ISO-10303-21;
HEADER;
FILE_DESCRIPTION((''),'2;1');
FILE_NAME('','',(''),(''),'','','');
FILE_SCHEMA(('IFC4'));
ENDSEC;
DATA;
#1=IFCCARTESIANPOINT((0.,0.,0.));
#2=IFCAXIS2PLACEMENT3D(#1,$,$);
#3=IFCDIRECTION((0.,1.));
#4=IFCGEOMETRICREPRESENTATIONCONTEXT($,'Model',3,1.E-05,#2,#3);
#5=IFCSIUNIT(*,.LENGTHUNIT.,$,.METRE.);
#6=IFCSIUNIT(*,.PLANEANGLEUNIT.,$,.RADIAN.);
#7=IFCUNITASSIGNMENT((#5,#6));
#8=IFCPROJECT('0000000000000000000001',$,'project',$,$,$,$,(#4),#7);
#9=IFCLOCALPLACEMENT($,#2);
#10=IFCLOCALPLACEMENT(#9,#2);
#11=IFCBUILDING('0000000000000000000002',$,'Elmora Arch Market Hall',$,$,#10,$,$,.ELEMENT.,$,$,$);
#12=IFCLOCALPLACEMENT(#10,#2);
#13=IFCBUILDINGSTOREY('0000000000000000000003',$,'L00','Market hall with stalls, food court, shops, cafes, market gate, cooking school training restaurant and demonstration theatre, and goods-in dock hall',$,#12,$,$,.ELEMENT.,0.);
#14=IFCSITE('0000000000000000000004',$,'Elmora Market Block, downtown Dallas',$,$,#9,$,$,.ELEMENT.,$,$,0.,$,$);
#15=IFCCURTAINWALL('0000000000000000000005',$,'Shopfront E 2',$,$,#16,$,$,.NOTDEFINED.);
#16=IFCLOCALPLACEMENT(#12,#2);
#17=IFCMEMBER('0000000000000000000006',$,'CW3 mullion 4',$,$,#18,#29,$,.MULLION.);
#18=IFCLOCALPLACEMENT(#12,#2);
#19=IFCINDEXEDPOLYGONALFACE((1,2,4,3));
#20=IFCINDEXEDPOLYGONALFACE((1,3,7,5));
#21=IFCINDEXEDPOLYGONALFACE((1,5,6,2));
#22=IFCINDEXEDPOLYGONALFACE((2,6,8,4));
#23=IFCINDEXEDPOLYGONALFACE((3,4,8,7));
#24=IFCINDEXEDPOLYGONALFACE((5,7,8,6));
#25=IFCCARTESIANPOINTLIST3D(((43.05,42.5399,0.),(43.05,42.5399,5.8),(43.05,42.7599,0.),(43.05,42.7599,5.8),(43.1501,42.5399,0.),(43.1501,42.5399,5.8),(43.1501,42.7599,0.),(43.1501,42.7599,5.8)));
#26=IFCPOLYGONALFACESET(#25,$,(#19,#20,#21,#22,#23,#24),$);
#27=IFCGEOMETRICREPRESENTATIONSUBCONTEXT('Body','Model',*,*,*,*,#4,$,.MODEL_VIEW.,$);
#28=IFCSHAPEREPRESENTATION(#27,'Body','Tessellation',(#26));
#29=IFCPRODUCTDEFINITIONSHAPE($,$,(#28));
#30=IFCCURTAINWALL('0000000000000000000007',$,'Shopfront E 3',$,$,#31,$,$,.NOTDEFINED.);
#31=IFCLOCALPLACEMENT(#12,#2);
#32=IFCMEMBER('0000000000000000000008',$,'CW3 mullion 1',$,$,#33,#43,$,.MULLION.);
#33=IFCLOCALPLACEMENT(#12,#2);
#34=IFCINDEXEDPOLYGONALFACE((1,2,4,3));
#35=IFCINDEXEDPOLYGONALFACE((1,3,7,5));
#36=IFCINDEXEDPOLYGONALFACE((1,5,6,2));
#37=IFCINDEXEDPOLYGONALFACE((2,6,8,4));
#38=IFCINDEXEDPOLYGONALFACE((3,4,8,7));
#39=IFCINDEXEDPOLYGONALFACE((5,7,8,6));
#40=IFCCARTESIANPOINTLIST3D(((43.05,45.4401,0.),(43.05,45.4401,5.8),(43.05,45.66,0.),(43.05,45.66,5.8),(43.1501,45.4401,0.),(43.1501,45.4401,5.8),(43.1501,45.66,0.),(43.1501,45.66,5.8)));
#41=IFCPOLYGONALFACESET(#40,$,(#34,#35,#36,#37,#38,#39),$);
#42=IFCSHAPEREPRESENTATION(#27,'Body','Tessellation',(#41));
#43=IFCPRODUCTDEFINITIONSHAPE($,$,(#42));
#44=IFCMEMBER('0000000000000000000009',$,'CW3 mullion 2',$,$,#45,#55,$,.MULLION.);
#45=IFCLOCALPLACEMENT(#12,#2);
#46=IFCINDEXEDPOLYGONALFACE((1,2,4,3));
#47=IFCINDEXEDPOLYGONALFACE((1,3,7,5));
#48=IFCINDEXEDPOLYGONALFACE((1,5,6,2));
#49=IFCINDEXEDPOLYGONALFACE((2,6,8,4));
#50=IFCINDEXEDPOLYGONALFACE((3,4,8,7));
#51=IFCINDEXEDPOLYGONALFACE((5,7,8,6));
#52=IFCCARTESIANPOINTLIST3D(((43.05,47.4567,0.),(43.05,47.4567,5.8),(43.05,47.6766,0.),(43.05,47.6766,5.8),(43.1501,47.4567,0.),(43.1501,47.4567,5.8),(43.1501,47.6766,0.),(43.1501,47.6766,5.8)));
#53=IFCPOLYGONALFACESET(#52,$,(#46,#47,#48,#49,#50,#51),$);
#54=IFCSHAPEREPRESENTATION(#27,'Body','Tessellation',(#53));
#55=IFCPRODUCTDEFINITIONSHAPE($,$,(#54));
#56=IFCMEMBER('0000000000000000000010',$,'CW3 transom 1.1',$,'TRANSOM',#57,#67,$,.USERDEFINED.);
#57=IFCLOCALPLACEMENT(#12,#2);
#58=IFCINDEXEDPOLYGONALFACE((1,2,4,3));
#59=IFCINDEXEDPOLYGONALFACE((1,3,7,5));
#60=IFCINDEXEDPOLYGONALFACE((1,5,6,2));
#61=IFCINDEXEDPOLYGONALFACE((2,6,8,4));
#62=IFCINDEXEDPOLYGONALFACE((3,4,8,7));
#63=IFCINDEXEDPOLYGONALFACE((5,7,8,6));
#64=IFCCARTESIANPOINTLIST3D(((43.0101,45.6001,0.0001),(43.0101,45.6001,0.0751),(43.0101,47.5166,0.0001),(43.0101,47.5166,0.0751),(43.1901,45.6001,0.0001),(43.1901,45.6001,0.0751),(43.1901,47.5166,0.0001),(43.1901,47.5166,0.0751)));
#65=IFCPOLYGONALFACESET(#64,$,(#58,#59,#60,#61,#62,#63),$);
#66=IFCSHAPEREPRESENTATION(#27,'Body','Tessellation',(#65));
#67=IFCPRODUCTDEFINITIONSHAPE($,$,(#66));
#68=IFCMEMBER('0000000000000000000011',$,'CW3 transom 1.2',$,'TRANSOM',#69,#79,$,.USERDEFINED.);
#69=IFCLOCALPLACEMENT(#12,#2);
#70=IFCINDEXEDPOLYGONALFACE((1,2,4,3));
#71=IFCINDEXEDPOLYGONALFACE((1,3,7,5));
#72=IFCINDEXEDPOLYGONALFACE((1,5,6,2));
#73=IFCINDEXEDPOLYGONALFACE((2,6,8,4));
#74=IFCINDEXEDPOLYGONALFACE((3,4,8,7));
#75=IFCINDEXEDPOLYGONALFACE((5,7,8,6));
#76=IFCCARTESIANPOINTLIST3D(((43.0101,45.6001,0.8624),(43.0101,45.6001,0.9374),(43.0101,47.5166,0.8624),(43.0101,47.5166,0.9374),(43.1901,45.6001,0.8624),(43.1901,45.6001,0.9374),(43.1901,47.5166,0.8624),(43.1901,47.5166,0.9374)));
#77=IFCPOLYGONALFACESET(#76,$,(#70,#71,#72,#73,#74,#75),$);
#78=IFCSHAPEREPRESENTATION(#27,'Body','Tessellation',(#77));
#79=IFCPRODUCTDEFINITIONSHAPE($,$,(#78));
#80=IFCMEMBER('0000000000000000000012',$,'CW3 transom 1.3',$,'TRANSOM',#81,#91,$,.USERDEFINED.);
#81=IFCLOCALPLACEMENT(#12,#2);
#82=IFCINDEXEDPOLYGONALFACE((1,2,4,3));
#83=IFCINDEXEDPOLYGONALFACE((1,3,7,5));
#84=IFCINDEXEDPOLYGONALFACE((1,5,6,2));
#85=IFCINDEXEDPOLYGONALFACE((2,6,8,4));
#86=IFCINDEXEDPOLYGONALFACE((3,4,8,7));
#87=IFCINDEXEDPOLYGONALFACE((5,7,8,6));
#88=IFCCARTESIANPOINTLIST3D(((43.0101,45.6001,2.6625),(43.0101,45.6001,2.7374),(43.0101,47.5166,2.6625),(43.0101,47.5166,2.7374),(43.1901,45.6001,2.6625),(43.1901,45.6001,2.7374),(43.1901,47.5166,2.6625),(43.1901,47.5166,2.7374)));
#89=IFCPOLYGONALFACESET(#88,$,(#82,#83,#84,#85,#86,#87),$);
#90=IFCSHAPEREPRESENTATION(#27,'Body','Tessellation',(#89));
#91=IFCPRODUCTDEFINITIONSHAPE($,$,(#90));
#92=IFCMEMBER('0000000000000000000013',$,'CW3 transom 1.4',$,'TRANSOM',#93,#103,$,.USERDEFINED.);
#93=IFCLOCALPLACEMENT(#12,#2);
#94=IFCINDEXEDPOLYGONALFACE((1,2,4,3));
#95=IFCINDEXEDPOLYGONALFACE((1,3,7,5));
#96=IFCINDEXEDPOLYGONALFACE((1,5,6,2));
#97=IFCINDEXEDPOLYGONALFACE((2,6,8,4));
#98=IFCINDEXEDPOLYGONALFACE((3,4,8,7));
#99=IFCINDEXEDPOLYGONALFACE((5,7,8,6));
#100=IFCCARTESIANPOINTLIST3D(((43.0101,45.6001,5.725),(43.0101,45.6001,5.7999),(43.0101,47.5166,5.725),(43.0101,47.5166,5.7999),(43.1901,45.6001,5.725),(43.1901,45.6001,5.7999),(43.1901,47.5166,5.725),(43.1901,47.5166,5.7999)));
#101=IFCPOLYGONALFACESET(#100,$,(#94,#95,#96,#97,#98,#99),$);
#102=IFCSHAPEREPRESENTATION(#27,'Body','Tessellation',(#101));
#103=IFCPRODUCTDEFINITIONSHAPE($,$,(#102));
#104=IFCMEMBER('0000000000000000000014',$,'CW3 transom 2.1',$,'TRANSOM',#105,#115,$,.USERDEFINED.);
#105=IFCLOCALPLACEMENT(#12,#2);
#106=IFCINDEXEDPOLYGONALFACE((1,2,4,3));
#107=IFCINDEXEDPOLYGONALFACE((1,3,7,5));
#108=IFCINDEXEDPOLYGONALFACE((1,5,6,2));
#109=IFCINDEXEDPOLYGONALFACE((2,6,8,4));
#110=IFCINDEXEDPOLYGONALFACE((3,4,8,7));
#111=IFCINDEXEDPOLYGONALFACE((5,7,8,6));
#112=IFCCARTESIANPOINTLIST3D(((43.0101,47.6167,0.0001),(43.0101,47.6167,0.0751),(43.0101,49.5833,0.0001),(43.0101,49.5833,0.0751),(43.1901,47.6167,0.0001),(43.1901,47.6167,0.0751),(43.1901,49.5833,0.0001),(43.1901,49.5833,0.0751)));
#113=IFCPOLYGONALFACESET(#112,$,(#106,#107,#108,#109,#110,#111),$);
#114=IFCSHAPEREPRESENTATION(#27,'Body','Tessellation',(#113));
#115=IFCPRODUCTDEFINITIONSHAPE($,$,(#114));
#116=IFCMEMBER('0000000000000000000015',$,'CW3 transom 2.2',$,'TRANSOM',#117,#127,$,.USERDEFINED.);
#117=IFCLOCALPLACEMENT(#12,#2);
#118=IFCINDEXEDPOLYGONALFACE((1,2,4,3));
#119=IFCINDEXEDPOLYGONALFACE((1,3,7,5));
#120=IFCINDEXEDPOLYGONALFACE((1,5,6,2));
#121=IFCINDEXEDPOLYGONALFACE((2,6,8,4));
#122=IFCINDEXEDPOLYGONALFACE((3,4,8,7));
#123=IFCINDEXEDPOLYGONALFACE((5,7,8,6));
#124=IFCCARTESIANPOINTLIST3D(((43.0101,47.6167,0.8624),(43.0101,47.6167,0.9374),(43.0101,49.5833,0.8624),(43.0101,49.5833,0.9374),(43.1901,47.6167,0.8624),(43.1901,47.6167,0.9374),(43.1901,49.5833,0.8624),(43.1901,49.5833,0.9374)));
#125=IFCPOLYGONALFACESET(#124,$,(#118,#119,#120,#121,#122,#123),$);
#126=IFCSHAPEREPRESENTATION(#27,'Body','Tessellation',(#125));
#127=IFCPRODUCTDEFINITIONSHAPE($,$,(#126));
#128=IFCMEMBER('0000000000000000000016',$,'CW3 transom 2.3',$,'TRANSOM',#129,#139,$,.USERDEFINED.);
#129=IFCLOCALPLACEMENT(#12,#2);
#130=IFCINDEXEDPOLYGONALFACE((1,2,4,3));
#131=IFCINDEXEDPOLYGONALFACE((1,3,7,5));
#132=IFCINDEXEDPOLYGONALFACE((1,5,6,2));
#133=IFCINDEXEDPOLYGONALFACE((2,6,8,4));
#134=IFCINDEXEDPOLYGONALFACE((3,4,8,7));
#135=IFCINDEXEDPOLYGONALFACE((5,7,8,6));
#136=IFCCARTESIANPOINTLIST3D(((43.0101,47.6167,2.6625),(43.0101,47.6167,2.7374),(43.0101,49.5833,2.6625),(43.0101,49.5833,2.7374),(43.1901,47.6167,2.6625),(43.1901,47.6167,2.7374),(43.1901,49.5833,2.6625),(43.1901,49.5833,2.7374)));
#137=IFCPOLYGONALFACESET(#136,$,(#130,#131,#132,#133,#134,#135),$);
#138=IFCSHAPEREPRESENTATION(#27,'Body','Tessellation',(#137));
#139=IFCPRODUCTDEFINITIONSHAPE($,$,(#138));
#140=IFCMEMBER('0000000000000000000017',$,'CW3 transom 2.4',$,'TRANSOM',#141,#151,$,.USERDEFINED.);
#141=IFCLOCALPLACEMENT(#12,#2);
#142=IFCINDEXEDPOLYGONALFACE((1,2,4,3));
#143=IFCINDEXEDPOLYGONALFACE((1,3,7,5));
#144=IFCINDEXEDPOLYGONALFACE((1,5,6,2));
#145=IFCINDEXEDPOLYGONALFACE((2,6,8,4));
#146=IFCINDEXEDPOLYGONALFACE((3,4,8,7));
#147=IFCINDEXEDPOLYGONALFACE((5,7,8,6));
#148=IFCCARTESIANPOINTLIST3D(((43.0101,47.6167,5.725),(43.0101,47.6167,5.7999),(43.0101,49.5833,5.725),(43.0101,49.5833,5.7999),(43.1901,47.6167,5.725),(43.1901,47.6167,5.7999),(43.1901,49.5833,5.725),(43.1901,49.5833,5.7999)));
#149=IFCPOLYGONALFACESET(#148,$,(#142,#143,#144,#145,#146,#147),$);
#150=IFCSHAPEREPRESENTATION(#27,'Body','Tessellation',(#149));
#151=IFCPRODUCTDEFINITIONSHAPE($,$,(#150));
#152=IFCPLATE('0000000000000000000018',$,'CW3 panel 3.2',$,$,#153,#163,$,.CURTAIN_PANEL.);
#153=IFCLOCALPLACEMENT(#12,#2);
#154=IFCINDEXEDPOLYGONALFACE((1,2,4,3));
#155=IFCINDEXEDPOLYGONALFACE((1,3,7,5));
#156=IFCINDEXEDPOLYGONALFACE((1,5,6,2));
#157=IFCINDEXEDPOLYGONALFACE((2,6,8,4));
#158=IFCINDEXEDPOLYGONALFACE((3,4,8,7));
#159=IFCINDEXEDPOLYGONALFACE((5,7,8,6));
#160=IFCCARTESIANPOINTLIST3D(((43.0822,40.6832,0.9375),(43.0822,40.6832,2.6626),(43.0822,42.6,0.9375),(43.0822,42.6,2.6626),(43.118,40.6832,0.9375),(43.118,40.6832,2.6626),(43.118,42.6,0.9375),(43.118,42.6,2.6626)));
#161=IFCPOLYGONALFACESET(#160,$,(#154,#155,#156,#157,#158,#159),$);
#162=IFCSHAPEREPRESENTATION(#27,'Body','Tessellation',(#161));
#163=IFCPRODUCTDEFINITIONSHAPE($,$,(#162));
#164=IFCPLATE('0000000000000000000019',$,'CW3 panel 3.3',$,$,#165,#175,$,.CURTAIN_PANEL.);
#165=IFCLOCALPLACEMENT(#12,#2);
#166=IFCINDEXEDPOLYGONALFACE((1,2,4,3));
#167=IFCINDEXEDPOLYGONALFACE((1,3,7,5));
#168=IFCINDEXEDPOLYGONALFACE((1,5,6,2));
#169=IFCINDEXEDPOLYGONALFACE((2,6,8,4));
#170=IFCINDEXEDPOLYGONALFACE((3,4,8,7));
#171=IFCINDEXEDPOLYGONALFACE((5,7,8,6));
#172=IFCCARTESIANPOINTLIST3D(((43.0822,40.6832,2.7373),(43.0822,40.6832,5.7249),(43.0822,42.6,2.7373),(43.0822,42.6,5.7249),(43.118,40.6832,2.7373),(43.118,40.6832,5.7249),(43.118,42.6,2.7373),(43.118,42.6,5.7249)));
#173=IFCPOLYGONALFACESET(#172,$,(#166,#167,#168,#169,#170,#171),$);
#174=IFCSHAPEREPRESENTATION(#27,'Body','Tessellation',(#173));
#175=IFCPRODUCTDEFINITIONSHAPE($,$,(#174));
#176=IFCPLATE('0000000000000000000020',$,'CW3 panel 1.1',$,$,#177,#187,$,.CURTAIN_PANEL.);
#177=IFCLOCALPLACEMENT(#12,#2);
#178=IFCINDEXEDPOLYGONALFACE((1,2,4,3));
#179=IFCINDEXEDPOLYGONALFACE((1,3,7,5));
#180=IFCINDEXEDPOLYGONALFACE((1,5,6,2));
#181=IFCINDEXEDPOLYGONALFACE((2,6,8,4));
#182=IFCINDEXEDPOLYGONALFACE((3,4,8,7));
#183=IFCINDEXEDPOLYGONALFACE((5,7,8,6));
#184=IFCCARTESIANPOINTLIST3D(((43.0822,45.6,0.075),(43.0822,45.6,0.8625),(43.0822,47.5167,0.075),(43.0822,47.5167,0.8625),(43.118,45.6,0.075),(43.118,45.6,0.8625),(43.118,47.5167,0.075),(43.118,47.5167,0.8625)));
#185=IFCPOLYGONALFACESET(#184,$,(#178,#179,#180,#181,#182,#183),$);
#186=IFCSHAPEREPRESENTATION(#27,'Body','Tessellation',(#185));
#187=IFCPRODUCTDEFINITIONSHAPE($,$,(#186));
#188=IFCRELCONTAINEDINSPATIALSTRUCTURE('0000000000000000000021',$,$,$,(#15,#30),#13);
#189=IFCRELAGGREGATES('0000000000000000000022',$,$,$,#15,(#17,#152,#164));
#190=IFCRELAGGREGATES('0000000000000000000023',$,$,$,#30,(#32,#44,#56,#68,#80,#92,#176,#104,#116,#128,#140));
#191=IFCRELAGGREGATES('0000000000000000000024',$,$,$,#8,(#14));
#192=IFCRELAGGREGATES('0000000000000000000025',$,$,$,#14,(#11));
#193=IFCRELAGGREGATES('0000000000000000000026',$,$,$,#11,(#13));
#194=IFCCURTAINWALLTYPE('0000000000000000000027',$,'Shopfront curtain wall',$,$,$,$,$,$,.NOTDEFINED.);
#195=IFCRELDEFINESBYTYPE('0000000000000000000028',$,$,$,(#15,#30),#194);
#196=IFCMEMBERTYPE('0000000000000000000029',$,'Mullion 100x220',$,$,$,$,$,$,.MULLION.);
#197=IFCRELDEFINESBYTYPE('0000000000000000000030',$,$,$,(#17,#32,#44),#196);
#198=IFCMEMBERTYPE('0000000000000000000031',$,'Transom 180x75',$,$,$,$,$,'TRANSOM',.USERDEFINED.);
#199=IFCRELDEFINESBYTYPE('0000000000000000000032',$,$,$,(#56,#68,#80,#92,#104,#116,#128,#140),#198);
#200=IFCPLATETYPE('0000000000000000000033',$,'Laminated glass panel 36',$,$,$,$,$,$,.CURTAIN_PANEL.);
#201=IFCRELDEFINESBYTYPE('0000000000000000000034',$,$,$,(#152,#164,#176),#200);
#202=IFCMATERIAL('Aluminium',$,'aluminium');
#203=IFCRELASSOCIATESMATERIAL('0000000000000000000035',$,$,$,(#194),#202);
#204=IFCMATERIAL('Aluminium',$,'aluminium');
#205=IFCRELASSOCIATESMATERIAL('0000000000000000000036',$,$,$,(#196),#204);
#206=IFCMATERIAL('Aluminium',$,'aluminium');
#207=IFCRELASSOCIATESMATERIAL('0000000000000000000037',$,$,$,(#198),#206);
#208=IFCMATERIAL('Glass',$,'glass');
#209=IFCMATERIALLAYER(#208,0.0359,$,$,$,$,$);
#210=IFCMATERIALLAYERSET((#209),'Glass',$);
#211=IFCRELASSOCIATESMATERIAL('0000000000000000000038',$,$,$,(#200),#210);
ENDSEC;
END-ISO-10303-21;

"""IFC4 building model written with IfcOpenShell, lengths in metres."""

from ifc_helpers import new_model, si_unit, direction, frame, origin, origin_2d, place, context, subcontext, project, spatial, rectangle, extrude, material, layer, layer_set, material_profile, profile_set, type_object, element, aggregate, save


model = new_model("IFC4")

# Units and contexts
model_context = context("Model", 3, precision=1e-05, world=origin(), true_north=direction((0.0, 1.0)))
body_context = subcontext(model_context, "Body", "Model", "MODEL_VIEW")
ifc_project = project(units=[si_unit("LENGTHUNIT", "METRE"), si_unit("PLANEANGLEUNIT", "RADIAN")], contexts=[model_context])

# Site, building, storey
site_placement = place(None, origin())
site = spatial("IfcSite", under=ifc_project, at=site_placement, Name="Elmora Market Block, downtown Dallas", CompositionType="ELEMENT", RefElevation=0.0)
building_placement = place(site_placement, origin())
building = spatial("IfcBuilding", under=site, at=building_placement, Name="Elmora Arch Market Hall", CompositionType="ELEMENT")
storey_placement = place(building_placement, origin())
storey = spatial("IfcBuildingStorey", under=building, at=storey_placement, Name="L00", Description="Market hall with stalls, food court, shops, cafes, market gate, cooking school training restaurant and demonstration theatre, and goods-in dock hall", CompositionType="ELEMENT", Elevation=0.0)

# Curtain wall, member
ifc_material_1 = material(Name="Aluminium", Category="aluminium")
curtain_wall_type = type_object("IfcCurtainWallType", Name="Shopfront curtain wall", PredefinedType="NOTDEFINED", material=ifc_material_1)
curtain_wall_1_placement = place(storey_placement, origin())
curtain_wall_1 = element("IfcCurtainWall", 1, at=curtain_wall_1_placement, inside=storey, type_object=curtain_wall_type, Name="Shopfront E 2", PredefinedType="NOTDEFINED")
ifc_material_2 = material(Name="Aluminium", Category="aluminium")
ifc_material_profile_1 = material_profile(ifc_material_2, rectangle(XDim=0.1001, YDim=0.22, at=origin_2d()), Name="AL 100x220")
ifc_profile_set_1 = profile_set([ifc_material_profile_1], Name="Aluminium")
member_type_1 = type_object("IfcMemberType", Name="Mullion 100x220", PredefinedType="MULLION", material=ifc_profile_set_1)
member_1_placement = place(storey_placement, frame((43.1001, 42.6499, 0.0), z_axis=(0.0, 0.0, 1.0), x_axis=(-1.0, 0.0, 0.0)))
member_1 = element("IfcMember", 2, at=member_1_placement, type_object=member_type_1, Name="CW3 mullion 4", PredefinedType="MULLION", context=body_context, shape_type="SweptSolid", body=[
    extrude(rectangle(XDim=0.1001, YDim=0.22, at=origin_2d()), origin(), (0.0, 0.0, 1.0), 5.8),
])

# Curtain wall, members
curtain_wall_2_placement = place(storey_placement, origin())
curtain_wall_2 = element("IfcCurtainWall", 3, at=curtain_wall_2_placement, inside=storey, type_object=curtain_wall_type, Name="Shopfront E 3", PredefinedType="NOTDEFINED")
member_2_placement = place(storey_placement, frame((43.1001, 45.55, 0.0), z_axis=(0.0, 0.0, 1.0), x_axis=(-1.0, 0.0, 0.0)))
member_2 = element("IfcMember", 4, at=member_2_placement, type_object=member_type_1, Name="CW3 mullion 1", PredefinedType="MULLION", context=body_context, shape_type="SweptSolid", body=[
    extrude(rectangle(XDim=0.1001, YDim=0.22, at=origin_2d()), origin(), (0.0, 0.0, 1.0), 5.8),
])
member_3_placement = place(storey_placement, frame((43.1001, 47.5667, 0.0), z_axis=(0.0, 0.0, 1.0), x_axis=(-1.0, 0.0, 0.0)))
member_3 = element("IfcMember", 5, at=member_3_placement, type_object=member_type_1, Name="CW3 mullion 2", PredefinedType="MULLION", context=body_context, shape_type="SweptSolid", body=[
    extrude(rectangle(XDim=0.1001, YDim=0.22, at=origin_2d()), origin(), (0.0, 0.0, 1.0), 5.8),
])
ifc_material_3 = material(Name="Aluminium", Category="aluminium")
ifc_material_profile_2 = material_profile(ifc_material_3, rectangle(XDim=0.1799, YDim=0.075, at=origin_2d()), Name="AL 180x75")
ifc_profile_set_2 = profile_set([ifc_material_profile_2], Name="Aluminium")
member_type_2 = type_object("IfcMemberType", Name="Transom 180x75", ElementType="TRANSOM", PredefinedType="USERDEFINED", material=ifc_profile_set_2)
member_4_placement = place(storey_placement, frame((43.1001, 45.6001, 0.0376), z_axis=(0.0, 1.0, 0.0), x_axis=(-1.0, 0.0, 0.0)))
member_4 = element("IfcMember", 6, at=member_4_placement, type_object=member_type_2, Name="CW3 transom 1.1", ObjectType="TRANSOM", PredefinedType="USERDEFINED", context=body_context, shape_type="SweptSolid", body=[
    extrude(rectangle(XDim=0.1799, YDim=0.075, at=origin_2d()), origin(), (0.0, 0.0, 1.0), 1.9165),
])
member_5_placement = place(storey_placement, frame((43.1001, 45.6001, 0.8999), z_axis=(0.0, 1.0, 0.0), x_axis=(-1.0, 0.0, 0.0)))
member_5 = element("IfcMember", 7, at=member_5_placement, type_object=member_type_2, Name="CW3 transom 1.2", ObjectType="TRANSOM", PredefinedType="USERDEFINED", context=body_context, shape_type="SweptSolid", body=[
    extrude(rectangle(XDim=0.1799, YDim=0.075, at=origin_2d()), origin(), (0.0, 0.0, 1.0), 1.9165),
])
member_6_placement = place(storey_placement, frame((43.1001, 45.6001, 2.7), z_axis=(0.0, 1.0, 0.0), x_axis=(-1.0, 0.0, 0.0)))
member_6 = element("IfcMember", 8, at=member_6_placement, type_object=member_type_2, Name="CW3 transom 1.3", ObjectType="TRANSOM", PredefinedType="USERDEFINED", context=body_context, shape_type="SweptSolid", body=[
    extrude(rectangle(XDim=0.1799, YDim=0.075, at=origin_2d()), origin(), (0.0, 0.0, 1.0), 1.9165),
])
member_7_placement = place(storey_placement, frame((43.1001, 45.6001, 5.7625), z_axis=(0.0, 1.0, 0.0), x_axis=(-1.0, 0.0, 0.0)))
member_7 = element("IfcMember", 9, at=member_7_placement, type_object=member_type_2, Name="CW3 transom 1.4", ObjectType="TRANSOM", PredefinedType="USERDEFINED", context=body_context, shape_type="SweptSolid", body=[
    extrude(rectangle(XDim=0.1799, YDim=0.075, at=origin_2d()), origin(), (0.0, 0.0, 1.0), 1.9165),
])
member_8_placement = place(storey_placement, frame((43.1001, 47.6167, 0.0376), z_axis=(0.0, 1.0, 0.0), x_axis=(-1.0, 0.0, 0.0)))
member_8 = element("IfcMember", 10, at=member_8_placement, type_object=member_type_2, Name="CW3 transom 2.1", ObjectType="TRANSOM", PredefinedType="USERDEFINED", context=body_context, shape_type="SweptSolid", body=[
    extrude(rectangle(XDim=0.1799, YDim=0.075, at=origin_2d()), origin(), (0.0, 0.0, 1.0), 1.9666),
])
member_9_placement = place(storey_placement, frame((43.1001, 47.6167, 0.8999), z_axis=(0.0, 1.0, 0.0), x_axis=(-1.0, 0.0, 0.0)))
member_9 = element("IfcMember", 11, at=member_9_placement, type_object=member_type_2, Name="CW3 transom 2.2", ObjectType="TRANSOM", PredefinedType="USERDEFINED", context=body_context, shape_type="SweptSolid", body=[
    extrude(rectangle(XDim=0.1799, YDim=0.075, at=origin_2d()), origin(), (0.0, 0.0, 1.0), 1.9666),
])
member_10_placement = place(storey_placement, frame((43.1001, 47.6167, 2.7), z_axis=(0.0, 1.0, 0.0), x_axis=(-1.0, 0.0, 0.0)))
member_10 = element("IfcMember", 12, at=member_10_placement, type_object=member_type_2, Name="CW3 transom 2.3", ObjectType="TRANSOM", PredefinedType="USERDEFINED", context=body_context, shape_type="SweptSolid", body=[
    extrude(rectangle(XDim=0.1799, YDim=0.075, at=origin_2d()), origin(), (0.0, 0.0, 1.0), 1.9666),
])
member_11_placement = place(storey_placement, frame((43.1001, 47.6167, 5.7625), z_axis=(0.0, 1.0, 0.0), x_axis=(-1.0, 0.0, 0.0)))
member_11 = element("IfcMember", 13, at=member_11_placement, type_object=member_type_2, Name="CW3 transom 2.4", ObjectType="TRANSOM", PredefinedType="USERDEFINED", context=body_context, shape_type="SweptSolid", body=[
    extrude(rectangle(XDim=0.1799, YDim=0.075, at=origin_2d()), origin(), (0.0, 0.0, 1.0), 1.9666),
])

# Plates
ifc_material_4 = material(Name="Glass", Category="glass")
ifc_layer_1 = layer(ifc_material_4, 0.0359)
ifc_layer_set_1 = layer_set([ifc_layer_1], Name="Glass")
plate_type = type_object("IfcPlateType", Name="Laminated glass panel 36", PredefinedType="CURTAIN_PANEL", material=ifc_layer_set_1)
plate_1_placement = place(storey_placement, frame((43.1001, 41.6416, 0.9375), z_axis=(0.0, 0.0, 1.0), x_axis=(0.0, 1.0, 0.0)))
plate_1 = element("IfcPlate", 14, at=plate_1_placement, type_object=plate_type, Name="CW3 panel 3.2", PredefinedType="CURTAIN_PANEL", context=body_context, shape_type="SweptSolid", body=[
    extrude(rectangle(XDim=1.9167, YDim=0.0359, at=origin_2d()), origin(), (0.0, 0.0, 1.0), 1.7251),
])
plate_2_placement = place(storey_placement, frame((43.1001, 41.6416, 2.7373), z_axis=(0.0, 0.0, 1.0), x_axis=(0.0, 1.0, 0.0)))
plate_2 = element("IfcPlate", 15, at=plate_2_placement, type_object=plate_type, Name="CW3 panel 3.3", PredefinedType="CURTAIN_PANEL", context=body_context, shape_type="SweptSolid", body=[
    extrude(rectangle(XDim=1.9167, YDim=0.0359, at=origin_2d()), origin(), (0.0, 0.0, 1.0), 2.9875),
])
aggregate(curtain_wall_1, [member_1, plate_1, plate_2])
plate_3_placement = place(storey_placement, frame((43.1001, 46.5583, 0.075), z_axis=(0.0, 0.0, 1.0), x_axis=(0.0, 1.0, 0.0)))
plate_3 = element("IfcPlate", 16, at=plate_3_placement, type_object=plate_type, Name="CW3 panel 1.1", PredefinedType="CURTAIN_PANEL", context=body_context, shape_type="SweptSolid", body=[
    extrude(rectangle(XDim=1.9167, YDim=0.0359, at=origin_2d()), origin(), (0.0, 0.0, 1.0), 0.7876),
])
aggregate(curtain_wall_2, [member_2, member_3, member_4, member_5, member_6, member_7, plate_3, member_8, member_9, member_10, member_11])

save(model, "model.ifc")
